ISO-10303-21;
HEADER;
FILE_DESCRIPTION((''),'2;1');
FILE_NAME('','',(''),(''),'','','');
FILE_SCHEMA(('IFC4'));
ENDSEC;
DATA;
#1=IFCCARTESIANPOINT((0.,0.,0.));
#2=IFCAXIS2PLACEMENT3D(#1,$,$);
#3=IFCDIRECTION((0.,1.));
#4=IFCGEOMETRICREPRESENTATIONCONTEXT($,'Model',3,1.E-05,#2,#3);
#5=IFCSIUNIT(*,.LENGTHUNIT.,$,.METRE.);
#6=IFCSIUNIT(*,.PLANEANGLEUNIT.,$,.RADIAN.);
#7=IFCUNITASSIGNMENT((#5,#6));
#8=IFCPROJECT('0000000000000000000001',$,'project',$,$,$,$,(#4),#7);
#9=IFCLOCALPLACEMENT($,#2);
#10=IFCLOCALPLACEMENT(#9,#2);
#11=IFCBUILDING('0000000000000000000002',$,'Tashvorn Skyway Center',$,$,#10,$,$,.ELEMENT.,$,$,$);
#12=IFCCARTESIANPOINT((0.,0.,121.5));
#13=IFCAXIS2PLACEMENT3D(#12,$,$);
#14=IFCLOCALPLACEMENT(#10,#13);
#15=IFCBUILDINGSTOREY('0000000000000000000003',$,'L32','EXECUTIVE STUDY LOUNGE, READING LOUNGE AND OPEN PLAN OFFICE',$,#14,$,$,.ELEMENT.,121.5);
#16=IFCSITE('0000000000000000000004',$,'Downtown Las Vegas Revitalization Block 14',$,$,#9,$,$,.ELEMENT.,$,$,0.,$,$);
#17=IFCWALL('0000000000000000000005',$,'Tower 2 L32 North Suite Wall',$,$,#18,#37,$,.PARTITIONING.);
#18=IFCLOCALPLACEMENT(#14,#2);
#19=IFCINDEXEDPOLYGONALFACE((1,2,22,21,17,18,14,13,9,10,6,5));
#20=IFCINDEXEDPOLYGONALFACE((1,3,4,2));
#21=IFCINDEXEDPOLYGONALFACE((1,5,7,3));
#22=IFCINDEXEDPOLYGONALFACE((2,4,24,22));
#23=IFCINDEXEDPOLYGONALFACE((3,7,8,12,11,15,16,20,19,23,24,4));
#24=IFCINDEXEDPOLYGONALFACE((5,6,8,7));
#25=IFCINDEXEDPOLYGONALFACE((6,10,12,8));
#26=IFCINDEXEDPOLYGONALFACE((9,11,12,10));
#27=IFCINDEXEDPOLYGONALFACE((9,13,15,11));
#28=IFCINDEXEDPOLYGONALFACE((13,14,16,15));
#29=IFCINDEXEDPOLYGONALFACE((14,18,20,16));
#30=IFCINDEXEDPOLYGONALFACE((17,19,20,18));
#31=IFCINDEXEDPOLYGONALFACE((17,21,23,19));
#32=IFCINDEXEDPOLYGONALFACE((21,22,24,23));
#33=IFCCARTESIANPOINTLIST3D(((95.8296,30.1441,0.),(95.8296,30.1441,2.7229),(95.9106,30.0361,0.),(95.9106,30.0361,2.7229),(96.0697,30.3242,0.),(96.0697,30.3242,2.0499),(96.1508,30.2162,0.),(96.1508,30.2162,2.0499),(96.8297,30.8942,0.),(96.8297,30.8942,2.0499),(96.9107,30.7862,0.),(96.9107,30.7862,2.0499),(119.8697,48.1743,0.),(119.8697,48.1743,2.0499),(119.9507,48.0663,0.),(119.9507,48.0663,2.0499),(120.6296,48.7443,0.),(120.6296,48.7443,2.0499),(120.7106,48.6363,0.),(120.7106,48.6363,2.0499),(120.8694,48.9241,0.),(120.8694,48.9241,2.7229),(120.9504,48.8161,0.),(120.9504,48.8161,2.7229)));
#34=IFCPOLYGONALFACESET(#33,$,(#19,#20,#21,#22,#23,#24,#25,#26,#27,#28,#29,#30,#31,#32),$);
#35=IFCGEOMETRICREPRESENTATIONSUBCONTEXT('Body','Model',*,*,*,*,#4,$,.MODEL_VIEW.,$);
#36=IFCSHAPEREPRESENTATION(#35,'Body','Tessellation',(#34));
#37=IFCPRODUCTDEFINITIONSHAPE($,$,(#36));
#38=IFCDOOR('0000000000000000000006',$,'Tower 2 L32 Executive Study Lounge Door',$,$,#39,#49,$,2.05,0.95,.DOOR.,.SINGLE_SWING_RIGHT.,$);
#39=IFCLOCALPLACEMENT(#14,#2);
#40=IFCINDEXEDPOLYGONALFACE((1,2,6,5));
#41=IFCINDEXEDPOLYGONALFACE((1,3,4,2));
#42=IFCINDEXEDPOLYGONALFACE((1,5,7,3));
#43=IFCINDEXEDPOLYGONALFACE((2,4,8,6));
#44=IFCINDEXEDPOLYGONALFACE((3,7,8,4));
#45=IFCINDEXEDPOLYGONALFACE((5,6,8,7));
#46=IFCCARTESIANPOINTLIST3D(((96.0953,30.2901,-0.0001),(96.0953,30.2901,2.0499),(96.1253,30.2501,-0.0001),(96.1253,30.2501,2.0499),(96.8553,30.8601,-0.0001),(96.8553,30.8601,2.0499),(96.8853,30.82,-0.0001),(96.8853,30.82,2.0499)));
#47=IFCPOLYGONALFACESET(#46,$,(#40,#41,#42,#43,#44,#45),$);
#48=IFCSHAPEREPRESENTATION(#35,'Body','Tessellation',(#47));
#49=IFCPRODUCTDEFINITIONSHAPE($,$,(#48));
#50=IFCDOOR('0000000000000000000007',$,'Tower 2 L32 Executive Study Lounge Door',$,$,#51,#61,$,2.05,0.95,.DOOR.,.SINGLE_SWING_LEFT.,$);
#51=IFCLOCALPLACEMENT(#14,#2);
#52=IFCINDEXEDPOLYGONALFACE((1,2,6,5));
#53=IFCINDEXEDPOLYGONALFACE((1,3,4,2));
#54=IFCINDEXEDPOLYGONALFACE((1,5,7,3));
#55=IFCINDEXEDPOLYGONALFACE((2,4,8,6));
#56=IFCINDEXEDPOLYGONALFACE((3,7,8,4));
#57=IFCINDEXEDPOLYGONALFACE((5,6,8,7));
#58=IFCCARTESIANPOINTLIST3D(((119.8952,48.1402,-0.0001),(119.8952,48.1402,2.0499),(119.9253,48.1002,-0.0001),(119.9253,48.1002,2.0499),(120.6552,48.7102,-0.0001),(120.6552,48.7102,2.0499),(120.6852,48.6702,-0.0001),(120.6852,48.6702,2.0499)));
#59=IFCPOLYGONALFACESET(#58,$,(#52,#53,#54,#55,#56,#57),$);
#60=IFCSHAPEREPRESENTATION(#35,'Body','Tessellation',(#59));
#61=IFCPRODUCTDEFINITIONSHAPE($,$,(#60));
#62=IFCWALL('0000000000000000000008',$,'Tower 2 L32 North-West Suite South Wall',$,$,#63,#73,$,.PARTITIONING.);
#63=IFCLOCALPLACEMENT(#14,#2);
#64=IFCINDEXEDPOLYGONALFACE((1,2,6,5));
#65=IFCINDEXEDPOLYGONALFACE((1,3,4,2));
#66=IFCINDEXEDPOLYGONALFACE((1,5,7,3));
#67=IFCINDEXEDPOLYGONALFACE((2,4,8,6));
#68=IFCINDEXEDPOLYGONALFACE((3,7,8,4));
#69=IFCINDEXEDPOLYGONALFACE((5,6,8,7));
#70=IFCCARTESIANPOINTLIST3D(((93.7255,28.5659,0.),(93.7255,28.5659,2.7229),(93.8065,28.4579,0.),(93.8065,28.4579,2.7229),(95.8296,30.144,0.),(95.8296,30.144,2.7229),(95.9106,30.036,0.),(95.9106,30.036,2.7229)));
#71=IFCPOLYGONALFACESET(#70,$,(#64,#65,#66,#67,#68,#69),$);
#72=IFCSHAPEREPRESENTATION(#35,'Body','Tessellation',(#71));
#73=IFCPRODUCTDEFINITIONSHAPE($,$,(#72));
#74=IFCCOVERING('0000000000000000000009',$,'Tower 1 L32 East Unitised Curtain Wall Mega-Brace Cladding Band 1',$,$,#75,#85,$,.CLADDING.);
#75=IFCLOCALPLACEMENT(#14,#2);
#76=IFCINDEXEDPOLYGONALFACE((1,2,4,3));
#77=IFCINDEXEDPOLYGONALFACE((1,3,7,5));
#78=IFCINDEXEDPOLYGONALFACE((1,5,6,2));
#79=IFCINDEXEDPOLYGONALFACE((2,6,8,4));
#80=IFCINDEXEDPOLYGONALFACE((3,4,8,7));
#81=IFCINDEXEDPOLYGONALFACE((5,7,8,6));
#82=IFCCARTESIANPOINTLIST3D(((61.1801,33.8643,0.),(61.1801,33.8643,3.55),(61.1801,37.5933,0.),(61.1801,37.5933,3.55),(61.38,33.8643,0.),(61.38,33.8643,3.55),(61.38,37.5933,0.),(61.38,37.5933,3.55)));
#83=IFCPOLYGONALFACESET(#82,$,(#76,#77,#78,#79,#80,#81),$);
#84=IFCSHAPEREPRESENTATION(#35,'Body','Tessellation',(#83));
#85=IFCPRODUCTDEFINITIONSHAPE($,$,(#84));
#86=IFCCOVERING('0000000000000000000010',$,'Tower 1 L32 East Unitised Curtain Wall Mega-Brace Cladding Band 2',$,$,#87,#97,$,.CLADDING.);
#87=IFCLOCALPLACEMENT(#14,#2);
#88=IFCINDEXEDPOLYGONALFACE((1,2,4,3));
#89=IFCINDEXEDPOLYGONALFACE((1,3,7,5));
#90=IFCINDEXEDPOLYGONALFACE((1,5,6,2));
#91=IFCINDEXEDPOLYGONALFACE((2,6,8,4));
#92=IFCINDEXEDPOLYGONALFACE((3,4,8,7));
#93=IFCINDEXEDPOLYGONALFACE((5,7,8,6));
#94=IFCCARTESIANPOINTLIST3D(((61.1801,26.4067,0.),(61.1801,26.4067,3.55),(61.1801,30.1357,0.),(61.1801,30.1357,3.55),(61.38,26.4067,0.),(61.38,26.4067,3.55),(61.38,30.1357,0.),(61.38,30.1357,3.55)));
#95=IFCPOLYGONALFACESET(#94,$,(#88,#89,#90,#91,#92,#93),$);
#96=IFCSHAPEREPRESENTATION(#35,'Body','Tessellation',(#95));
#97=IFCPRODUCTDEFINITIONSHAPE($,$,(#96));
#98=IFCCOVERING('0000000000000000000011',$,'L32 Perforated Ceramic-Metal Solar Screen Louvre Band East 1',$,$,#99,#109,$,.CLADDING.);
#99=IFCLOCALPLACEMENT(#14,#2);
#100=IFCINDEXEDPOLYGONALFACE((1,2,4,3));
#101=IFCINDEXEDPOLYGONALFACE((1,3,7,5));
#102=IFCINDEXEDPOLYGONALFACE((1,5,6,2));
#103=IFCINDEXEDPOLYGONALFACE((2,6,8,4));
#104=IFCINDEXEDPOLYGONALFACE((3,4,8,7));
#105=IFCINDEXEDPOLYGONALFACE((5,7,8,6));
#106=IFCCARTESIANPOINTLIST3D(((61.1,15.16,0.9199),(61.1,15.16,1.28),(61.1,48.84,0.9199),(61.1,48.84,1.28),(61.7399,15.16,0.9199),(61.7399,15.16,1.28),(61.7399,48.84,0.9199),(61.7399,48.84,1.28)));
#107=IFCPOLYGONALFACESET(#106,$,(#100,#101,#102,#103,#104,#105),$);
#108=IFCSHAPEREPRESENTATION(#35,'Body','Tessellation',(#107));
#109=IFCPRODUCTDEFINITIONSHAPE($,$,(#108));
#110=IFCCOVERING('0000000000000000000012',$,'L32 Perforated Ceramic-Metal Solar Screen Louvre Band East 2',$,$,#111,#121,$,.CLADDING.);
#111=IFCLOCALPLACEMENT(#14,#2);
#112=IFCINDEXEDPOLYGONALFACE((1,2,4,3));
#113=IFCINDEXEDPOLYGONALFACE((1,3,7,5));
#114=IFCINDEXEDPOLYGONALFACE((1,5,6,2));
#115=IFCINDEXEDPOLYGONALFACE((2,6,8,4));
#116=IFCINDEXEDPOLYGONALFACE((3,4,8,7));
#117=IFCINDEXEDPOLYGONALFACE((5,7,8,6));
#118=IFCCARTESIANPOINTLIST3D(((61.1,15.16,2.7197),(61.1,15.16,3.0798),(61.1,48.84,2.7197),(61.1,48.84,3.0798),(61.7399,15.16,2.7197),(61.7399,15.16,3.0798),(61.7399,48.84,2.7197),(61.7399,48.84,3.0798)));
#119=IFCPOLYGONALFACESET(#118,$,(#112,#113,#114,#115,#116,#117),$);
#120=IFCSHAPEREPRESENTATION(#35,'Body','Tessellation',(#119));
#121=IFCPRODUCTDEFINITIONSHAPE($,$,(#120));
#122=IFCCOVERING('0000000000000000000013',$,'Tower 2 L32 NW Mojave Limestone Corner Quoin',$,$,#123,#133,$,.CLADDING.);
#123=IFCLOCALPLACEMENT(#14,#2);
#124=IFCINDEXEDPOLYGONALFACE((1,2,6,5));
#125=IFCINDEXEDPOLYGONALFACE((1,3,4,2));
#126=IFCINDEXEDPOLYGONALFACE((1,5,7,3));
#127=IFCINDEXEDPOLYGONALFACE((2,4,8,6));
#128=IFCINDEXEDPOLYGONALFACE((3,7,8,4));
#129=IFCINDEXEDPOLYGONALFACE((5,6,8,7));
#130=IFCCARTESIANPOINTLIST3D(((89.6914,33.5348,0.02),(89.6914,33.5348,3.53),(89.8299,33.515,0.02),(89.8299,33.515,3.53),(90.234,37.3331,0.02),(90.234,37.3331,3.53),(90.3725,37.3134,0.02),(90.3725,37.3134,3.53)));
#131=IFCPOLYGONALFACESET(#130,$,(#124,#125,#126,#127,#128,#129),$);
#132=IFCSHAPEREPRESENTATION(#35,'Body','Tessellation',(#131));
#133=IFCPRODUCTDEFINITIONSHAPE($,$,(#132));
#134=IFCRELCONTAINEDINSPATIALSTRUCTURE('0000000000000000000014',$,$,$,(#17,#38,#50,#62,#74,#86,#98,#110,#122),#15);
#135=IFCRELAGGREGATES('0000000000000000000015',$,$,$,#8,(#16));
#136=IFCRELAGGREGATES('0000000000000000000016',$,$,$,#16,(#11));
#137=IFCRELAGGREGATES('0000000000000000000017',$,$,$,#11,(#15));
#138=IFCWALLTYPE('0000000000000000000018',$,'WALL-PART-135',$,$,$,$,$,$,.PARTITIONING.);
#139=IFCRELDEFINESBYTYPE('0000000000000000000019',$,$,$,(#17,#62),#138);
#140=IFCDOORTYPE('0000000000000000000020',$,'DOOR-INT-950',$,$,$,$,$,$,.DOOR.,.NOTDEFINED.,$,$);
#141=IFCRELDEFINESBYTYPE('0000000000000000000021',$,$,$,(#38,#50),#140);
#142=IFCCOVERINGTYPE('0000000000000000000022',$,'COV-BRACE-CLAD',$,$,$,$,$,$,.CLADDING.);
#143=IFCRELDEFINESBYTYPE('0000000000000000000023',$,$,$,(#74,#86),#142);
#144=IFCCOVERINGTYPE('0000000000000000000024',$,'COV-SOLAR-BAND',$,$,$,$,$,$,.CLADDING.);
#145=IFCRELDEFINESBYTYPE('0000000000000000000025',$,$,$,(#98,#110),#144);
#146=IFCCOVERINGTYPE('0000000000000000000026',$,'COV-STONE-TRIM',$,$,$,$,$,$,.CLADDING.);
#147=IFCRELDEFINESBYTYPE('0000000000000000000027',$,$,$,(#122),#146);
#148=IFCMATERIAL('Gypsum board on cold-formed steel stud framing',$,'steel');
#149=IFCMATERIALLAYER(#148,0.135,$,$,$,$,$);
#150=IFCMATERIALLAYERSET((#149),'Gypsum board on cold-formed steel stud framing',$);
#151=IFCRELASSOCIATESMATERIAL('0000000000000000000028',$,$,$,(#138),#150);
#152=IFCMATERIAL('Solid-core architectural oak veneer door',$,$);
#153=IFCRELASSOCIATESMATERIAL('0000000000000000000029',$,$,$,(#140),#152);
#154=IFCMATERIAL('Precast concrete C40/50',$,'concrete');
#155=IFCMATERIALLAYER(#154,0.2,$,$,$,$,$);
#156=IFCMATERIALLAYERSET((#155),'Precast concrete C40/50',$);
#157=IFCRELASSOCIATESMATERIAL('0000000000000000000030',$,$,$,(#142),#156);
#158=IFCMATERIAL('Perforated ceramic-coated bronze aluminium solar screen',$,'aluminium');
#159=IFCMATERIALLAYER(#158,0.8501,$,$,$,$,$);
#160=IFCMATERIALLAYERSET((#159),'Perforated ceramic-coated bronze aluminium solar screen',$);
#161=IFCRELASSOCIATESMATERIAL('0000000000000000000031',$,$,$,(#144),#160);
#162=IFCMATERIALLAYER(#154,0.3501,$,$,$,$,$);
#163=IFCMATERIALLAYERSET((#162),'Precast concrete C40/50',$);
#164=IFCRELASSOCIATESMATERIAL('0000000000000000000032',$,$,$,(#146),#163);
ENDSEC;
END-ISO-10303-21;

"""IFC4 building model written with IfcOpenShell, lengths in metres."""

from ifc_helpers import new_model, si_unit, direction, frame, frame_2d, origin, origin_2d, place, context, subcontext, project, spatial, rectangle, extrude, material, layer, layer_set, type_object, element, fill, save


model = new_model("IFC4")

# Units and contexts
model_context = context("Model", 3, precision=1e-05, world=origin(), true_north=direction((0.0, 1.0)))
body_context = subcontext(model_context, "Body", "Model", "MODEL_VIEW")
ifc_project = project(units=[si_unit("LENGTHUNIT", "METRE"), si_unit("PLANEANGLEUNIT", "RADIAN")], contexts=[model_context])

# Site, building, storey
site_placement = place(None, origin())
site = spatial("IfcSite", under=ifc_project, at=site_placement, Name="Downtown Las Vegas Revitalization Block 14", CompositionType="ELEMENT", RefElevation=0.0)
building_placement = place(site_placement, origin())
building = spatial("IfcBuilding", under=site, at=building_placement, Name="Tashvorn Skyway Center", CompositionType="ELEMENT")
storey_placement = place(building_placement, frame((0.0, 0.0, 121.5)))
storey = spatial("IfcBuildingStorey", under=building, at=storey_placement, Name="L32", Description="EXECUTIVE STUDY LOUNGE, READING LOUNGE AND OPEN PLAN OFFICE", CompositionType="ELEMENT", Elevation=121.5)

# Shared definitions
ifc_material_1 = material(Name="Precast concrete C40/50", Category="concrete")

# Shared definitions
ifc_material_2 = material(Name="Gypsum board on cold-formed steel stud framing", Category="steel")
ifc_layer_1 = layer(ifc_material_2, 0.135)
ifc_layer_set_1 = layer_set([ifc_layer_1], Name="Gypsum board on cold-formed steel stud framing")
wall_type_1 = type_object("IfcWallType", Name="WALL-PART-135", PredefinedType="PARTITIONING", material=ifc_layer_set_1)
ifc_material_3 = material(Name="Solid-core architectural oak veneer door")
door_type = type_object("IfcDoorType", Name="DOOR-INT-950", OperationType="NOTDEFINED", PredefinedType="DOOR", material=ifc_material_3)

# Wall, openings, doors
wall_1_placement = place(storey_placement, frame((95.8701, 30.0901, 0.0), z_axis=(0.0, 0.0, 1.0), x_axis=(0.799997, 0.600004, 0.0)))
wall_1 = element("IfcWall", 1, at=wall_1_placement, inside=storey, type_object=wall_type_1, Name="Tower 2 L32 North Suite Wall", PredefinedType="PARTITIONING", context=body_context, shape_type="SweptSolid", body=[
    extrude(rectangle(XDim=31.2998, YDim=0.135, at=frame_2d((15.6499, 0.0))), origin(), (0.0, 0.0, 1.0), 2.7229),
])
opening_1_placement = place(wall_1_placement, frame((0.3, 0.0, 0.0)))
opening_1 = element("IfcOpeningElement", 2, at=opening_1_placement, cuts=wall_1, PredefinedType="OPENING", context=body_context, shape_type="SweptSolid", body=[
    extrude(rectangle(XDim=0.95, YDim=2.05, at=frame_2d((0.4751, 1.0249))), frame((0.0, 0.0774, 0.0), z_axis=(0.0, -1.0, 0.0), x_axis=(1.0, 0.0, 0.0)), (0.0, 0.0, 1.0), 0.155),
])
opening_2_placement = place(wall_1_placement, frame((30.05, 0.0, 0.0)))
opening_2 = element("IfcOpeningElement", 3, at=opening_2_placement, cuts=wall_1, PredefinedType="OPENING", context=body_context, shape_type="SweptSolid", body=[
    extrude(rectangle(XDim=0.95, YDim=2.05, at=frame_2d((0.4751, 1.0249))), frame((0.0, 0.0774, 0.0), z_axis=(0.0, -1.0, 0.0), x_axis=(1.0, 0.0, 0.0)), (0.0, 0.0, 1.0), 0.155),
])
door_1_placement = place(opening_1_placement, origin())
door_1 = element("IfcDoor", 4, at=door_1_placement, inside=storey, type_object=door_type, Name="Tower 2 L32 Executive Study Lounge Door", OperationType="SINGLE_SWING_RIGHT", OverallHeight=2.05, OverallWidth=0.95, PredefinedType="DOOR", context=body_context, shape_type="SweptSolid", body=[
    extrude(rectangle(XDim=0.95, YDim=2.05, at=frame_2d((0.4751, 1.0249))), frame((0.0, 0.0249, 0.0), z_axis=(0.0, -1.0, 0.0), x_axis=(1.0, 0.0, 0.0)), (0.0, 0.0, 1.0), 0.05),
])
fill(opening_1, door_1)
door_2_placement = place(opening_2_placement, origin())
door_2 = element("IfcDoor", 5, at=door_2_placement, inside=storey, type_object=door_type, Name="Tower 2 L32 Executive Study Lounge Door", OperationType="SINGLE_SWING_LEFT", OverallHeight=2.05, OverallWidth=0.95, PredefinedType="DOOR", context=body_context, shape_type="SweptSolid", body=[
    extrude(rectangle(XDim=0.95, YDim=2.05, at=frame_2d((0.4751, 1.0249))), frame((0.0, 0.0249, 0.0), z_axis=(0.0, -1.0, 0.0), x_axis=(1.0, 0.0, 0.0)), (0.0, 0.0, 1.0), 0.05),
])
fill(opening_2, door_2)

# Wall
wall_2_placement = place(storey_placement, frame((93.7661, 28.512, 0.0), z_axis=(0.0, 0.0, 1.0), x_axis=(0.799978, 0.60003, 0.0)))
element("IfcWall", 6, at=wall_2_placement, inside=storey, type_object=wall_type_1, Name="Tower 2 L32 North-West Suite South Wall", PredefinedType="PARTITIONING", context=body_context, shape_type="SweptSolid", body=[
    extrude(rectangle(XDim=2.6301, YDim=0.135, at=frame_2d((1.3149, 0.0))), origin(), (0.0, 0.0, 1.0), 2.7229),
])

# Coverings
ifc_layer_2 = layer(ifc_material_1, 0.2)
ifc_layer_set_2 = layer_set([ifc_layer_2], Name="Precast concrete C40/50")
covering_type_1 = type_object("IfcCoveringType", Name="COV-BRACE-CLAD", PredefinedType="CLADDING", material=ifc_layer_set_2)
for number, where, z_axis, x_axis, name in (
    (7, (61.28, 35.7288, 0.0), (0.0, 0.0, 1.0), (0.0, -1.0, 0.0), "Tower 1 L32 East Unitised Curtain Wall Mega-Brace Cladding Band 1"),
    (8, (61.28, 28.2712, 0.0), (0.0, 0.0, 1.0), (0.0, -1.0, 0.0), "Tower 1 L32 East Unitised Curtain Wall Mega-Brace Cladding Band 2"),
):
    element("IfcCovering", number, at=place(storey_placement, frame(where, z_axis=z_axis, x_axis=x_axis)), inside=storey, type_object=covering_type_1, Name=name, PredefinedType="CLADDING", context=body_context, shape_type="SweptSolid", body=[
        extrude(rectangle(XDim=3.729, YDim=0.2, at=origin_2d()), origin(), (0.0, 0.0, 1.0), 3.55),
    ])
ifc_material_4 = material(Name="Perforated ceramic-coated bronze aluminium solar screen", Category="aluminium")
ifc_layer_3 = layer(ifc_material_4, 0.8501)
ifc_layer_set_3 = layer_set([ifc_layer_3], Name="Perforated ceramic-coated bronze aluminium solar screen")
covering_type_2 = type_object("IfcCoveringType", Name="COV-SOLAR-BAND", PredefinedType="CLADDING", material=ifc_layer_set_3)
for number, where, z_axis, x_axis, name in (
    (9, (61.4199, 32.0, 0.9199), (0.0, 0.0, 1.0), (0.0, -1.0, 0.0), "L32 Perforated Ceramic-Metal Solar Screen Louvre Band East 1"),
    (10, (61.4199, 32.0, 2.7197), (0.0, 0.0, 1.0), (0.0, -1.0, 0.0), "L32 Perforated Ceramic-Metal Solar Screen Louvre Band East 2"),
):
    element("IfcCovering", number, at=place(storey_placement, frame(where, z_axis=z_axis, x_axis=x_axis)), inside=storey, type_object=covering_type_2, Name=name, PredefinedType="CLADDING", context=body_context, shape_type="SweptSolid", body=[
        extrude(rectangle(XDim=33.6799, YDim=0.6399, at=origin_2d()), origin(), (0.0, 0.0, 1.0), 0.3601),
    ])
ifc_layer_4 = layer(ifc_material_1, 0.3501)
ifc_layer_set_4 = layer_set([ifc_layer_4], Name="Precast concrete C40/50")
covering_type_3 = type_object("IfcCoveringType", Name="COV-STONE-TRIM", PredefinedType="CLADDING", material=ifc_layer_set_4)
covering_placement = place(storey_placement, frame((90.032, 35.4241, 0.02), z_axis=(0.0, 0.0, 1.0), x_axis=(-0.141421, -0.989949, 0.0)))
element("IfcCovering", 11, at=covering_placement, inside=storey, type_object=covering_type_3, Name="Tower 2 L32 NW Mojave Limestone Corner Quoin", PredefinedType="CLADDING", context=body_context, shape_type="SweptSolid", body=[
    extrude(rectangle(XDim=3.8369, YDim=0.1399, at=origin_2d()), origin(), (0.0, 0.0, 1.0), 3.51),
])

save(model, "model.ifc")
